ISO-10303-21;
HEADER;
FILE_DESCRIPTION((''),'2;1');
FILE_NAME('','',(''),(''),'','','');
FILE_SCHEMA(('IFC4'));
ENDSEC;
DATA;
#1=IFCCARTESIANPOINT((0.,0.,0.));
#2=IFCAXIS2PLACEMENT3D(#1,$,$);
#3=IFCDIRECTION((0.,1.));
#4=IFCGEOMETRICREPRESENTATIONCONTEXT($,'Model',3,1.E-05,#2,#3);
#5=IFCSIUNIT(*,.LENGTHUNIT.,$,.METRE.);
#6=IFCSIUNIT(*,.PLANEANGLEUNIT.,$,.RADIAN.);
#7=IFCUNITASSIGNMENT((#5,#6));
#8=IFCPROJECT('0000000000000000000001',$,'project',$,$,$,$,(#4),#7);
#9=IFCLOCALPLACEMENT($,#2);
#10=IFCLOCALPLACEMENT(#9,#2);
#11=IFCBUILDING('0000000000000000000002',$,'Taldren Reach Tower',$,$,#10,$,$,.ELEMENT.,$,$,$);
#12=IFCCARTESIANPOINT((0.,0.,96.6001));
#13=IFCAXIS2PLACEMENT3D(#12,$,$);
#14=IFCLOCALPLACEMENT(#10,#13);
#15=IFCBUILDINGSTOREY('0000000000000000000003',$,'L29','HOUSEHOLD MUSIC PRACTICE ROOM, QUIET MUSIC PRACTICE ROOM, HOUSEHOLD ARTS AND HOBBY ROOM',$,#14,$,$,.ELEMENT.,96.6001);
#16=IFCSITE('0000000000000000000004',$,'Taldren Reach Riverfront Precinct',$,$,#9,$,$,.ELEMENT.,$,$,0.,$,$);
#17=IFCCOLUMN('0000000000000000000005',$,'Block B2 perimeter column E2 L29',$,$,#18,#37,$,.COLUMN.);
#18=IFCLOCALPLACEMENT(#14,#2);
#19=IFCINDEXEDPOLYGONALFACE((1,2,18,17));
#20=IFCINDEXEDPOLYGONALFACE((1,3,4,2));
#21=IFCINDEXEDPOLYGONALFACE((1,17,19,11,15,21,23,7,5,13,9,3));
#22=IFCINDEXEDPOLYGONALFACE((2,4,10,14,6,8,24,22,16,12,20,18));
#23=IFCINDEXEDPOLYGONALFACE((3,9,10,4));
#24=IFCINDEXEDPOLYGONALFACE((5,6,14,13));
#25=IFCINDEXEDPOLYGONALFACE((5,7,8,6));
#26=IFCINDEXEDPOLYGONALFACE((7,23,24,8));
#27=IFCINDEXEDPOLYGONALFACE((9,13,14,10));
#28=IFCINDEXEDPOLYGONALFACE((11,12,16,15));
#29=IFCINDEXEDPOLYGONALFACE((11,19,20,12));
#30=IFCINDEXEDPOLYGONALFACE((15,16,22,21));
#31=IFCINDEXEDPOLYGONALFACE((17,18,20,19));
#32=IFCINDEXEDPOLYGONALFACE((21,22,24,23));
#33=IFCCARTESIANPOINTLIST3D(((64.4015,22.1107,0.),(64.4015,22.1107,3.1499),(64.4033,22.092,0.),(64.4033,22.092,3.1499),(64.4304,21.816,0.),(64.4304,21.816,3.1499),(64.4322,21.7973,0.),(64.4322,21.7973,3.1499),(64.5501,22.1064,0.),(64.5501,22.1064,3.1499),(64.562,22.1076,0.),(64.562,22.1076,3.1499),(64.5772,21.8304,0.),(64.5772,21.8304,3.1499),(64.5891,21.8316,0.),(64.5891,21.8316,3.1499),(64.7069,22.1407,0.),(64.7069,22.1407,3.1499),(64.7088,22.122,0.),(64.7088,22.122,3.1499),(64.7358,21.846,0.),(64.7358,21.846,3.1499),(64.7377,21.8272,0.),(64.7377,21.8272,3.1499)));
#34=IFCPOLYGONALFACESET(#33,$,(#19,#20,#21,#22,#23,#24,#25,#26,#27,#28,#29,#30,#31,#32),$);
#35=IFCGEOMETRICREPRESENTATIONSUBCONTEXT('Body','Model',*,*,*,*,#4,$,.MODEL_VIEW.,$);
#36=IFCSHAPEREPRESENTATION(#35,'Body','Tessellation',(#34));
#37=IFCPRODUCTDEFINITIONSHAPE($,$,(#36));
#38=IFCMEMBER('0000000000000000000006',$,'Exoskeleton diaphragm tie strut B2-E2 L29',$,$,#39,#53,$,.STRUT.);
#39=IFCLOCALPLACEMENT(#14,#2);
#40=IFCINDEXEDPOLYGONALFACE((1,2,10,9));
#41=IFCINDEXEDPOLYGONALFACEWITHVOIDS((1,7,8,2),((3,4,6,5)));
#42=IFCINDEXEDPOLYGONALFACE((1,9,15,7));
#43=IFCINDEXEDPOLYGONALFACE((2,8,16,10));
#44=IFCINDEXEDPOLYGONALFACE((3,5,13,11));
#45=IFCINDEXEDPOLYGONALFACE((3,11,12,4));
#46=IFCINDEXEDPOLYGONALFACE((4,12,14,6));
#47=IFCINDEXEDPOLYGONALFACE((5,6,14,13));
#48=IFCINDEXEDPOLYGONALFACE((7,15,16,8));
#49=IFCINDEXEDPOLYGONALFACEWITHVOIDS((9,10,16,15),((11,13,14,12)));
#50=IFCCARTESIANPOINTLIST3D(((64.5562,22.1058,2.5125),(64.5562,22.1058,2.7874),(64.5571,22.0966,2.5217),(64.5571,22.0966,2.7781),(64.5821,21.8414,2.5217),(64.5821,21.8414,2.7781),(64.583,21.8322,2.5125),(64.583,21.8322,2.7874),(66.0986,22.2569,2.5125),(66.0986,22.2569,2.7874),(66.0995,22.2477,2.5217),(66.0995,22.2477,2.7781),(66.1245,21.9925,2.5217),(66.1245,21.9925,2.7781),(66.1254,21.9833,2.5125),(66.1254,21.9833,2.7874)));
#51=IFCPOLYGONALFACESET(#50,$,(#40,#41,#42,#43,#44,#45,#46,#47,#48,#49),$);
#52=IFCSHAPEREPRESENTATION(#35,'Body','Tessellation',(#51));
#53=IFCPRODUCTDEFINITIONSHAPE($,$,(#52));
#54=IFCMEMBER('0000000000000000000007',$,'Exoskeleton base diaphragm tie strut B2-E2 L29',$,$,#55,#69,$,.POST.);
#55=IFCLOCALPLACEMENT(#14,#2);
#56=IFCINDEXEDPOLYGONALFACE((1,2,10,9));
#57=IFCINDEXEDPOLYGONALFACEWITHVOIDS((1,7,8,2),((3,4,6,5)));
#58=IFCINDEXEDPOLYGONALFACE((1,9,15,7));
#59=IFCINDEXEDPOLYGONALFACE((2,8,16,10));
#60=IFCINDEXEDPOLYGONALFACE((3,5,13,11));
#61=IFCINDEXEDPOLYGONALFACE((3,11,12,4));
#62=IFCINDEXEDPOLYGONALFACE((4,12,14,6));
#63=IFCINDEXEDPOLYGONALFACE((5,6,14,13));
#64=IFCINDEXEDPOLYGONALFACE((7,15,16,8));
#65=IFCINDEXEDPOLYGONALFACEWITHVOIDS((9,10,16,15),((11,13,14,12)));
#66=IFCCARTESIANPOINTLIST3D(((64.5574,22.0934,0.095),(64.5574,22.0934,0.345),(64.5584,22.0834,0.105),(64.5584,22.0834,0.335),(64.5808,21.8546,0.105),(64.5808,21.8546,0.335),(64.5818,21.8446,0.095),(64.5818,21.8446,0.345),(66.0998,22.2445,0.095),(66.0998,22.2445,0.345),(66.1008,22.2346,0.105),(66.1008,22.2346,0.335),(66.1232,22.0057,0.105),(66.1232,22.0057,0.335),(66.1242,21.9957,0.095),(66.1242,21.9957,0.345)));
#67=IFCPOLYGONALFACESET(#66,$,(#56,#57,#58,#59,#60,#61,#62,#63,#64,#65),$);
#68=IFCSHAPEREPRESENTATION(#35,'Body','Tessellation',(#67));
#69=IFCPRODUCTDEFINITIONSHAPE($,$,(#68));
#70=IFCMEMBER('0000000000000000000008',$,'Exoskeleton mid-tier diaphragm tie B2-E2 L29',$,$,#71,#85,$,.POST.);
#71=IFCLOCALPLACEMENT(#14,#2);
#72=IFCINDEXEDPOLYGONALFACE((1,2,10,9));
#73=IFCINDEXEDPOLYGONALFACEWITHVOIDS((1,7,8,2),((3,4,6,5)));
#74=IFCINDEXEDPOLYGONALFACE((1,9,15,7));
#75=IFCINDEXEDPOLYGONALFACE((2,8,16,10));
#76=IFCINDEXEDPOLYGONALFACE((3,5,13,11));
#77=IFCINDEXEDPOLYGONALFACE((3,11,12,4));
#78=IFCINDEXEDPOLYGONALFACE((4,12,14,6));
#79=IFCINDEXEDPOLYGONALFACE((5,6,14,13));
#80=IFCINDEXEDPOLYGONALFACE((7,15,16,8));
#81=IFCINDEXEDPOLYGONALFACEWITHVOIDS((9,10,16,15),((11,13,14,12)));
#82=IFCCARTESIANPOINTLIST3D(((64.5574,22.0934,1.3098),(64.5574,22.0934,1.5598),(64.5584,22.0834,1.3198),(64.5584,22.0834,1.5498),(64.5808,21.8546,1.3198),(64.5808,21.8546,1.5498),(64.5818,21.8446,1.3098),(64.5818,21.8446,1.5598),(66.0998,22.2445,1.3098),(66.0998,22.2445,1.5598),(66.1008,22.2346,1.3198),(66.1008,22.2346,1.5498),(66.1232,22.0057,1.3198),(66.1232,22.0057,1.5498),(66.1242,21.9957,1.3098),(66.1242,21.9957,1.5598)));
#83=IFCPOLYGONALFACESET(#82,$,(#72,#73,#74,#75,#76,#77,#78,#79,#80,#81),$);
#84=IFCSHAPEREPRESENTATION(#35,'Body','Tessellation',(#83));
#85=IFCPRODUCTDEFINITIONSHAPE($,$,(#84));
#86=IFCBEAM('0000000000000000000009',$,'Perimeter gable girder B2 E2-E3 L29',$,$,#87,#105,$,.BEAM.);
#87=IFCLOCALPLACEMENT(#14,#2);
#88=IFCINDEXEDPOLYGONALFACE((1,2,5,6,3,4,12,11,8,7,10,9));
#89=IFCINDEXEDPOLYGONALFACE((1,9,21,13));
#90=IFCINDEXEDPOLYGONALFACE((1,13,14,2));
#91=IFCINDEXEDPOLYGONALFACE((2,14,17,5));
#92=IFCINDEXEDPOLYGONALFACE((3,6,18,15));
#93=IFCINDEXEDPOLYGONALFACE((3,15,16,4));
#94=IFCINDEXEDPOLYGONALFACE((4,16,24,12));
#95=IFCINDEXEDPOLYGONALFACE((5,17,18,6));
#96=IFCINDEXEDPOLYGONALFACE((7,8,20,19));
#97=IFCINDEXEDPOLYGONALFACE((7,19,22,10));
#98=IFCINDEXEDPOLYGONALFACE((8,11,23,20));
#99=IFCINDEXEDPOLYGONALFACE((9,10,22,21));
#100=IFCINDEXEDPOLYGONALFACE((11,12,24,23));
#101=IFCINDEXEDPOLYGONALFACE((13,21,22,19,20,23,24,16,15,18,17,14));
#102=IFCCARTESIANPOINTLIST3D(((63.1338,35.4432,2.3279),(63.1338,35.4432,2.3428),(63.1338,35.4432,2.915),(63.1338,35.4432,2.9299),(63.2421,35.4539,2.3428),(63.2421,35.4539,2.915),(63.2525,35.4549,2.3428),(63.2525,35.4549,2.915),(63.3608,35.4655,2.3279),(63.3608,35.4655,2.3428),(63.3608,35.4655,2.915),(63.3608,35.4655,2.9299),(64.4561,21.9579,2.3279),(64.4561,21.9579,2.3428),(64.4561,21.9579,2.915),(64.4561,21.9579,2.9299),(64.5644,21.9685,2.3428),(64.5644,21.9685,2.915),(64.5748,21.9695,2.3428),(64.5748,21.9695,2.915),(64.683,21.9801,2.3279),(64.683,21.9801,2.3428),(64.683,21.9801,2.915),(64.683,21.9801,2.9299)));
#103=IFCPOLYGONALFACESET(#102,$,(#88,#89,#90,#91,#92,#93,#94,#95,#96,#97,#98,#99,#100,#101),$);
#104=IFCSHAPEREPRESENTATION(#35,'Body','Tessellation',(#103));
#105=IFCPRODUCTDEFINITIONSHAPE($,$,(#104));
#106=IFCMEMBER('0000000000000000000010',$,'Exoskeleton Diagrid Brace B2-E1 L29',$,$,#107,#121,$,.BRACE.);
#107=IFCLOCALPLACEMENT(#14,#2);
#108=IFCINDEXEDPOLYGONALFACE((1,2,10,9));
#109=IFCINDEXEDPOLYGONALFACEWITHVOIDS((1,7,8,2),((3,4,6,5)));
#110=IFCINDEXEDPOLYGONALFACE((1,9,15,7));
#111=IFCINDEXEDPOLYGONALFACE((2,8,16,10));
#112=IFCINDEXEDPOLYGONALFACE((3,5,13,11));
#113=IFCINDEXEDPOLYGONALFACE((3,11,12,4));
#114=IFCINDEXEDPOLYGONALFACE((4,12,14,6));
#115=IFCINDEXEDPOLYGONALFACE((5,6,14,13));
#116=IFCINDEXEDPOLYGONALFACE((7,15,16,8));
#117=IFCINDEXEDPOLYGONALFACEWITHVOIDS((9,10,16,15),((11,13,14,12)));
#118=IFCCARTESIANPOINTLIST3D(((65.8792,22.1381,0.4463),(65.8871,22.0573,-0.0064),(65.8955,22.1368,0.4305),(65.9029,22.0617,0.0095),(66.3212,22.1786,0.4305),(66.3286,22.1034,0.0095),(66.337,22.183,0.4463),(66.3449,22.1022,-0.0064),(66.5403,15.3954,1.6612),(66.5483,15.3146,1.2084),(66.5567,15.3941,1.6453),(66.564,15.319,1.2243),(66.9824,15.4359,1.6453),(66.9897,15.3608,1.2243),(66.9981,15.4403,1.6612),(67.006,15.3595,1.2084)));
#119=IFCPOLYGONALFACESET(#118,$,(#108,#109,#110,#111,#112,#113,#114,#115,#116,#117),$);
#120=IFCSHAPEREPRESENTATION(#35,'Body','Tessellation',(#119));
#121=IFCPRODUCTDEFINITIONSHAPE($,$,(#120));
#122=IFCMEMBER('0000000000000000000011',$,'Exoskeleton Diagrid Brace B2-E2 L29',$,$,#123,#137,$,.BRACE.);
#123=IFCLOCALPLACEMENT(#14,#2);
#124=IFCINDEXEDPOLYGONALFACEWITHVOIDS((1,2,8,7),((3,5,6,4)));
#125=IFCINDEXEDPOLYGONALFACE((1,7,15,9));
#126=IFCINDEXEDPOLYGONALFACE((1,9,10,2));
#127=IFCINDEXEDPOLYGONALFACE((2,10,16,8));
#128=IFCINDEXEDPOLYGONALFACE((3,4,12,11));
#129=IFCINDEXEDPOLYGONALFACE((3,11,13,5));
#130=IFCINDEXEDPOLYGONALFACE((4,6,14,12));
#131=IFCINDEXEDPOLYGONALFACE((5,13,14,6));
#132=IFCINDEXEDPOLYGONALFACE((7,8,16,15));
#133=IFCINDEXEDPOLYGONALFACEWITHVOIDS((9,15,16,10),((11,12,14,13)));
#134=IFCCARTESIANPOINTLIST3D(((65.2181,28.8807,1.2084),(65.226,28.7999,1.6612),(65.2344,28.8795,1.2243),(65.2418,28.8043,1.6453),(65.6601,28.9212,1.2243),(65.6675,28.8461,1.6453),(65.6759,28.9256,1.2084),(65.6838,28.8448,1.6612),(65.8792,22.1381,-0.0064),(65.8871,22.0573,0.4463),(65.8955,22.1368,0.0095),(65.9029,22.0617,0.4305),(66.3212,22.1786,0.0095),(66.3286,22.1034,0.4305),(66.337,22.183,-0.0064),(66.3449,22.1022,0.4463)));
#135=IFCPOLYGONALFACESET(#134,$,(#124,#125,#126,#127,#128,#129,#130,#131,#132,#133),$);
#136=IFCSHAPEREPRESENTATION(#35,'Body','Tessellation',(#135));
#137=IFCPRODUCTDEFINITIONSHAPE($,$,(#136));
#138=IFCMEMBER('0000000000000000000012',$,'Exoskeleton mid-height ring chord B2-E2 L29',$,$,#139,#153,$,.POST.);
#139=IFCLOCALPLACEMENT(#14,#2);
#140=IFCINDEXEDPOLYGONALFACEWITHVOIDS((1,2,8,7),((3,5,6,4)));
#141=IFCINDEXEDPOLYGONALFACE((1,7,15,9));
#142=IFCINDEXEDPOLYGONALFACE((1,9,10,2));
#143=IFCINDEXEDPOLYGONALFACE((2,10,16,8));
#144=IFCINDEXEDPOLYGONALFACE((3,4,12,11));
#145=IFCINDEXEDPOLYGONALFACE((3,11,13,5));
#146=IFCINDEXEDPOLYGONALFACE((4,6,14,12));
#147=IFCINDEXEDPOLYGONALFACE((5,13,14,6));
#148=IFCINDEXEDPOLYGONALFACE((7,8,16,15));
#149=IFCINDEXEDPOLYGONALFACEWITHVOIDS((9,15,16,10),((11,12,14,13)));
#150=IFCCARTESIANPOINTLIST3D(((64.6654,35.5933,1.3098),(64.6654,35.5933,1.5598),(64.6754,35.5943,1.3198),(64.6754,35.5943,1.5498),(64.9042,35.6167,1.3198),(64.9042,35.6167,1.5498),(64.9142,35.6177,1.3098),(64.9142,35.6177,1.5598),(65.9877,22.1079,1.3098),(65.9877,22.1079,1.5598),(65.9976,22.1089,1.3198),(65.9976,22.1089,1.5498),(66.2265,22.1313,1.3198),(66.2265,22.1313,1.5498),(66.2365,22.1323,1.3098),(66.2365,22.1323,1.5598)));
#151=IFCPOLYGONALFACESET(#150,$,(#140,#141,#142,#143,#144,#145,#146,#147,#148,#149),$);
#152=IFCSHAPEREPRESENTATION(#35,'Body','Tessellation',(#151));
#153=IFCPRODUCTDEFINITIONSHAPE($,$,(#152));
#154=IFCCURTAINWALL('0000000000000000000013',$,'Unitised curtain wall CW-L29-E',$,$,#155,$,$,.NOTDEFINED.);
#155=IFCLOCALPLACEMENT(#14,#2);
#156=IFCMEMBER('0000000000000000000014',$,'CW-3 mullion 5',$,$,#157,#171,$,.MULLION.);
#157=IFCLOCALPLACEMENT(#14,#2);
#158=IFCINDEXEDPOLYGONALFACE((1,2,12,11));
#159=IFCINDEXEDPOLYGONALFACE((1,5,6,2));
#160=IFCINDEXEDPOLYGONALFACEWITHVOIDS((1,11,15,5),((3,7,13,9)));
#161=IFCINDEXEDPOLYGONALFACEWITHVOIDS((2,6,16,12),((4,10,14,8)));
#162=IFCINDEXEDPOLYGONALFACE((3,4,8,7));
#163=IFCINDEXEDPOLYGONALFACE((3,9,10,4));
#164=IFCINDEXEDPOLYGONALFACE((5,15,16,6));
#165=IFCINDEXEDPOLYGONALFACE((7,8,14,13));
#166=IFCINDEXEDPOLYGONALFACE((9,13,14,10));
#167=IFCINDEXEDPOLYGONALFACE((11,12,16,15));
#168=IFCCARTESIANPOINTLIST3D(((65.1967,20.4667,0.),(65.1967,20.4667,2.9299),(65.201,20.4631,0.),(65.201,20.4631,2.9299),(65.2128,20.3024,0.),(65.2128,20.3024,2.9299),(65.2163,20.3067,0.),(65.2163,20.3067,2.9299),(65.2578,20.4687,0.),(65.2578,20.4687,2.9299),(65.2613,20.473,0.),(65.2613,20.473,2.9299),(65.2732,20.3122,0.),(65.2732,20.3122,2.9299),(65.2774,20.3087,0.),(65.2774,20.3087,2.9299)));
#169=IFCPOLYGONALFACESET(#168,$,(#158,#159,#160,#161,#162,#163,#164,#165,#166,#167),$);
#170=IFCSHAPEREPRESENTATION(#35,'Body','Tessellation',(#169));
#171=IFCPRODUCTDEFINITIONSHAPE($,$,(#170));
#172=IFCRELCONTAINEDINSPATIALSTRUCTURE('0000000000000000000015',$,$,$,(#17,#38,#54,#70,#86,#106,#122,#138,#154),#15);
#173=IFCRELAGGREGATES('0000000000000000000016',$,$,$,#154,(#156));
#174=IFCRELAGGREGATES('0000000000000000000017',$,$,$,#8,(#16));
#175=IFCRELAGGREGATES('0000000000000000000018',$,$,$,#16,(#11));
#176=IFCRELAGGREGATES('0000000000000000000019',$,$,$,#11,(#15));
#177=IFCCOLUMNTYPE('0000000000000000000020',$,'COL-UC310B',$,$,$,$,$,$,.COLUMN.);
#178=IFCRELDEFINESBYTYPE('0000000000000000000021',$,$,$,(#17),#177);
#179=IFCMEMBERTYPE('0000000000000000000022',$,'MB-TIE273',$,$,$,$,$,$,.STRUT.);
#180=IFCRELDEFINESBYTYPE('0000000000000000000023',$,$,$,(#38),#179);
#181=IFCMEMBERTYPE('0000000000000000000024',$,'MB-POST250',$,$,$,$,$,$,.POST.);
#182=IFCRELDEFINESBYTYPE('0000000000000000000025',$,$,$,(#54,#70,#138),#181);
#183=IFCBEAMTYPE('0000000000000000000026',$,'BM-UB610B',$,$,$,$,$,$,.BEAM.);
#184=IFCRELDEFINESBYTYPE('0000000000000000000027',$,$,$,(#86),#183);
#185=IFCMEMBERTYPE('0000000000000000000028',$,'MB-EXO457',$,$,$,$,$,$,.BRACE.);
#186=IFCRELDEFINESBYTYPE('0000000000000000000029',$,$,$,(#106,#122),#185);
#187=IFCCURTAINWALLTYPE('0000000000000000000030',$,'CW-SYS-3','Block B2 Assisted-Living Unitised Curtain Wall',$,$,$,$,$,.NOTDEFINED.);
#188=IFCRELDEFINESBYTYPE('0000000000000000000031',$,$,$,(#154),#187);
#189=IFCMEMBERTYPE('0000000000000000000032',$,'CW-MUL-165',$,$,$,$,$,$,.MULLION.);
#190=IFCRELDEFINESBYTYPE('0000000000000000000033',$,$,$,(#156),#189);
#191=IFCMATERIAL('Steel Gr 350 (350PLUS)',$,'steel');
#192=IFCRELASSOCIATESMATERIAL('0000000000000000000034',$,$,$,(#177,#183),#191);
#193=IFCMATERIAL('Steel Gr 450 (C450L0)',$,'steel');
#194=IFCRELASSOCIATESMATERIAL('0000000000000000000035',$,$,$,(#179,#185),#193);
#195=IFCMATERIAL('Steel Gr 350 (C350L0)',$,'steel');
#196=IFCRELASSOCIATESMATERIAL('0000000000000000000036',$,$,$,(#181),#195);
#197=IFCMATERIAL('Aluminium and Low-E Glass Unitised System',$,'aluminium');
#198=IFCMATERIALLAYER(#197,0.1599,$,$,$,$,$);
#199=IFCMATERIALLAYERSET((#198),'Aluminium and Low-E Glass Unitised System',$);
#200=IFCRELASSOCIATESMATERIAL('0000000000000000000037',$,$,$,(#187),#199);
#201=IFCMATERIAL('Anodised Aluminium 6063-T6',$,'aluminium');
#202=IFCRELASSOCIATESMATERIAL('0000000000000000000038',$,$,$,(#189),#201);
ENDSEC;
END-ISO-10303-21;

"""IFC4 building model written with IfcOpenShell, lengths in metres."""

from ifc_helpers import new_model, si_unit, direction, frame, origin, origin_2d, place, context, subcontext, project, spatial, hollow_rectangle, i_section, extrude, source, transform, mapped, material, layer, layer_set, material_profile, profile_set, type_object, element, aggregate, save


model = new_model("IFC4")

# Units and contexts
model_context = context("Model", 3, precision=1e-05, world=origin(), true_north=direction((0.0, 1.0)))
body_context = subcontext(model_context, "Body", "Model", "MODEL_VIEW")
ifc_project = project(units=[si_unit("LENGTHUNIT", "METRE"), si_unit("PLANEANGLEUNIT", "RADIAN")], contexts=[model_context])

# Site, building, storey
site_placement = place(None, origin())
site = spatial("IfcSite", under=ifc_project, at=site_placement, Name="Taldren Reach Riverfront Precinct", CompositionType="ELEMENT", RefElevation=0.0)
building_placement = place(site_placement, origin())
building = spatial("IfcBuilding", under=site, at=building_placement, Name="Taldren Reach Tower", CompositionType="ELEMENT")
storey_placement = place(building_placement, frame((0.0, 0.0, 96.6001)))
storey = spatial("IfcBuildingStorey", under=building, at=storey_placement, Name="L29", Description="HOUSEHOLD MUSIC PRACTICE ROOM, QUIET MUSIC PRACTICE ROOM, HOUSEHOLD ARTS AND HOBBY ROOM", CompositionType="ELEMENT", Elevation=96.6001)

# Column
ifc_material_1 = material(Name="Steel Gr 350 (350PLUS)", Category="steel")
ifc_material_profile_1 = material_profile(ifc_material_1, i_section(OverallWidth=0.3069, OverallDepth=0.3149, WebThickness=0.012, FlangeThickness=0.0188, at=origin_2d()), Name="310UC118")
ifc_profile_set_1 = profile_set([ifc_material_profile_1], Name="Steel Gr 350 (350PLUS)")
column_type = type_object("IfcColumnType", Name="COL-UC310B", PredefinedType="COLUMN", material=ifc_profile_set_1)
shared_shape_1 = source(origin(), body_context, "Body", "SweptSolid", [
    extrude(i_section(OverallWidth=0.3069, OverallDepth=0.3149, WebThickness=0.012, FlangeThickness=0.0188, at=origin_2d()), origin(), (0.0, 0.0, 1.0), 3.1499),
])
column_placement = place(storey_placement, frame((64.5696, 21.969, 0.0), z_axis=(0.0, 0.0, 1.0), x_axis=(0.995227, 0.097583, 0.0)))
element("IfcColumn", 1, at=column_placement, inside=storey, type_object=column_type, Name="Block B2 perimeter column E2 L29", PredefinedType="COLUMN", context=body_context, shape_type="MappedRepresentation", body=[
    mapped(shared_shape_1, transform((0.0, 0.0, 0.0), scale=1.0)),
])

# Members
ifc_material_2 = material(Name="Steel Gr 450 (C450L0)", Category="steel")
ifc_material_profile_2 = material_profile(ifc_material_2, hollow_rectangle(XDim=0.2749, YDim=0.2749, WallThickness=0.0093, at=origin_2d()), Name="275x275x9.3SHS")
ifc_profile_set_2 = profile_set([ifc_material_profile_2], Name="Steel Gr 450 (C450L0)")
member_type_1 = type_object("IfcMemberType", Name="MB-TIE273", PredefinedType="STRUT", material=ifc_profile_set_2)
shared_shape_2 = source(origin(), body_context, "Body", "SweptSolid", [
    extrude(hollow_rectangle(XDim=0.2749, YDim=0.2749, WallThickness=0.0093, at=origin_2d()), origin(), (0.0, 0.0, 1.0), 1.5498),
])
member_1_placement = place(storey_placement, frame((64.5696, 21.969, 2.6499), z_axis=(0.995235, 0.097507, 0.0), x_axis=(-0.097507, 0.995235, 0.0)))
element("IfcMember", 2, at=member_1_placement, inside=storey, type_object=member_type_1, Name="Exoskeleton diaphragm tie strut B2-E2 L29", PredefinedType="STRUT", context=body_context, shape_type="MappedRepresentation", body=[
    mapped(shared_shape_2, transform((0.0, 0.0, 0.0), scale=1.0)),
])
ifc_material_3 = material(Name="Steel Gr 350 (C350L0)", Category="steel")
ifc_material_profile_3 = material_profile(ifc_material_3, hollow_rectangle(XDim=0.25, YDim=0.25, WallThickness=0.01, at=origin_2d()), Name="250x250x10.0SHS")
ifc_profile_set_3 = profile_set([ifc_material_profile_3], Name="Steel Gr 350 (C350L0)")
member_type_2 = type_object("IfcMemberType", Name="MB-POST250", PredefinedType="POST", material=ifc_profile_set_3)
shared_shape_3 = source(origin(), body_context, "Body", "SweptSolid", [
    extrude(hollow_rectangle(XDim=0.25, YDim=0.25, WallThickness=0.01, at=origin_2d()), origin(), (0.0, 0.0, 1.0), 1.5498),
])
for number, where, z_axis, x_axis, name in (
    (3, (64.5696, 21.969, 0.22), (0.995235, 0.097507, 0.0), (-0.097507, 0.995235, 0.0), "Exoskeleton base diaphragm tie strut B2-E2 L29"),
    (4, (64.5696, 21.969, 1.4348), (0.995235, 0.097507, 0.0), (-0.097507, 0.995235, 0.0), "Exoskeleton mid-tier diaphragm tie B2-E2 L29"),
):
    element("IfcMember", number, at=place(storey_placement, frame(where, z_axis=z_axis, x_axis=x_axis)), inside=storey, type_object=member_type_2, Name=name, PredefinedType="POST", context=body_context, shape_type="MappedRepresentation", body=[
        mapped(shared_shape_3, transform((0.0, 0.0, 0.0), scale=1.0)),
    ])

# Beam
ifc_material_profile_4 = material_profile(ifc_material_1, i_section(OverallWidth=0.228, OverallDepth=0.6021, WebThickness=0.0105, FlangeThickness=0.0149, at=origin_2d()), Name="610UB101")
ifc_profile_set_4 = profile_set([ifc_material_profile_4], Name="Steel Gr 350 (350PLUS)")
beam_type = type_object("IfcBeamType", Name="BM-UB610B", PredefinedType="BEAM", material=ifc_profile_set_4)
shared_shape_4 = source(origin(), body_context, "Body", "SweptSolid", [
    extrude(i_section(OverallWidth=0.228, OverallDepth=0.6021, WebThickness=0.0105, FlangeThickness=0.0149, at=origin_2d()), origin(), (0.0, 0.0, 1.0), 13.55),
])
beam_placement = place(storey_placement, frame((64.5696, 21.969, 2.6289), z_axis=(-0.097584, 0.995227, 0.0), x_axis=(-0.995227, -0.097584, 0.0)))
element("IfcBeam", 5, at=beam_placement, inside=storey, type_object=beam_type, Name="Perimeter gable girder B2 E2-E3 L29", PredefinedType="BEAM", context=body_context, shape_type="MappedRepresentation", body=[
    mapped(shared_shape_4, transform((0.0, 0.0, 0.0), scale=1.0)),
])

# Members
ifc_material_profile_5 = material_profile(ifc_material_2, hollow_rectangle(XDim=0.46, YDim=0.46, WallThickness=0.0161, at=origin_2d()), Name="460x460x16.0SHS")
ifc_profile_set_5 = profile_set([ifc_material_profile_5], Name="Steel Gr 450 (C450L0)")
member_type_3 = type_object("IfcMemberType", Name="MB-EXO457", PredefinedType="BRACE", material=ifc_profile_set_5)
shared_shape_5 = source(origin(), body_context, "Body", "SweptSolid", [
    extrude(hollow_rectangle(XDim=0.46, YDim=0.46, WallThickness=0.0161, at=origin_2d()), origin(), (0.0, 0.0, 1.0), 6.8831),
])
for number, where, z_axis, x_axis, name in (
    (6, (66.1121, 22.1201, 0.22), (0.096052, -0.979603, 0.176497), (0.995227, 0.097584, 0.0), "Exoskeleton Diagrid Brace B2-E1 L29"),
    (7, (66.1121, 22.1201, 0.22), (-0.096052, 0.979603, 0.176497), (-0.995227, -0.097584, 0.0), "Exoskeleton Diagrid Brace B2-E2 L29"),
):
    element("IfcMember", number, at=place(storey_placement, frame(where, z_axis=z_axis, x_axis=x_axis)), inside=storey, type_object=member_type_3, Name=name, PredefinedType="BRACE", context=body_context, shape_type="MappedRepresentation", body=[
        mapped(shared_shape_5, transform((0.0, 0.0, 0.0), scale=1.0)),
    ])
shared_shape_6 = source(origin(), body_context, "Body", "SweptSolid", [
    extrude(hollow_rectangle(XDim=0.25, YDim=0.25, WallThickness=0.01, at=origin_2d()), origin(), (0.0, 0.0, 1.0), 13.55),
])
member_2_placement = place(storey_placement, frame((66.1121, 22.1201, 1.4348), z_axis=(-0.097584, 0.995227, 0.0), x_axis=(-0.995227, -0.097584, 0.0)))
element("IfcMember", 8, at=member_2_placement, inside=storey, type_object=member_type_2, Name="Exoskeleton mid-height ring chord B2-E2 L29", PredefinedType="POST", context=body_context, shape_type="MappedRepresentation", body=[
    mapped(shared_shape_6, transform((0.0, 0.0, 0.0), scale=1.0)),
])

# Curtain wall, member
ifc_material_4 = material(Name="Aluminium and Low-E Glass Unitised System", Category="aluminium")
ifc_layer_1 = layer(ifc_material_4, 0.1599)
ifc_layer_set_1 = layer_set([ifc_layer_1], Name="Aluminium and Low-E Glass Unitised System")
curtain_wall_type = type_object("IfcCurtainWallType", Name="CW-SYS-3", Description="Block B2 Assisted-Living Unitised Curtain Wall", PredefinedType="NOTDEFINED", material=ifc_layer_set_1)
curtain_wall_placement = place(storey_placement, origin())
curtain_wall = element("IfcCurtainWall", 9, at=curtain_wall_placement, inside=storey, type_object=curtain_wall_type, Name="Unitised curtain wall CW-L29-E", PredefinedType="NOTDEFINED")
ifc_material_5 = material(Name="Anodised Aluminium 6063-T6", Category="aluminium")
ifc_material_profile_6 = material_profile(ifc_material_5, hollow_rectangle(XDim=0.0649, YDim=0.165, WallThickness=0.0039, at=origin_2d()), Name="ALU-165x65x4RHS")
ifc_profile_set_6 = profile_set([ifc_material_profile_6], Name="Anodised Aluminium 6063-T6")
member_type_4 = type_object("IfcMemberType", Name="CW-MUL-165", PredefinedType="MULLION", material=ifc_profile_set_6)
shared_shape_7 = source(origin(), body_context, "Body", "SweptSolid", [
    extrude(hollow_rectangle(XDim=0.0649, YDim=0.165, WallThickness=0.0039, at=origin_2d()), origin(), (0.0, 0.0, 1.0), 2.9299),
])
member_3_placement = place(storey_placement, frame((65.2371, 20.3877, 0.0), z_axis=(0.0, 0.0, 1.0), x_axis=(-0.995227, -0.097583, 0.0)))
member_3 = element("IfcMember", 10, at=member_3_placement, type_object=member_type_4, Name="CW-3 mullion 5", PredefinedType="MULLION", context=body_context, shape_type="MappedRepresentation", body=[
    mapped(shared_shape_7, transform((0.0, 0.0, 0.0), scale=1.0)),
])

aggregate(curtain_wall, [member_3])

save(model, "model.ifc")
